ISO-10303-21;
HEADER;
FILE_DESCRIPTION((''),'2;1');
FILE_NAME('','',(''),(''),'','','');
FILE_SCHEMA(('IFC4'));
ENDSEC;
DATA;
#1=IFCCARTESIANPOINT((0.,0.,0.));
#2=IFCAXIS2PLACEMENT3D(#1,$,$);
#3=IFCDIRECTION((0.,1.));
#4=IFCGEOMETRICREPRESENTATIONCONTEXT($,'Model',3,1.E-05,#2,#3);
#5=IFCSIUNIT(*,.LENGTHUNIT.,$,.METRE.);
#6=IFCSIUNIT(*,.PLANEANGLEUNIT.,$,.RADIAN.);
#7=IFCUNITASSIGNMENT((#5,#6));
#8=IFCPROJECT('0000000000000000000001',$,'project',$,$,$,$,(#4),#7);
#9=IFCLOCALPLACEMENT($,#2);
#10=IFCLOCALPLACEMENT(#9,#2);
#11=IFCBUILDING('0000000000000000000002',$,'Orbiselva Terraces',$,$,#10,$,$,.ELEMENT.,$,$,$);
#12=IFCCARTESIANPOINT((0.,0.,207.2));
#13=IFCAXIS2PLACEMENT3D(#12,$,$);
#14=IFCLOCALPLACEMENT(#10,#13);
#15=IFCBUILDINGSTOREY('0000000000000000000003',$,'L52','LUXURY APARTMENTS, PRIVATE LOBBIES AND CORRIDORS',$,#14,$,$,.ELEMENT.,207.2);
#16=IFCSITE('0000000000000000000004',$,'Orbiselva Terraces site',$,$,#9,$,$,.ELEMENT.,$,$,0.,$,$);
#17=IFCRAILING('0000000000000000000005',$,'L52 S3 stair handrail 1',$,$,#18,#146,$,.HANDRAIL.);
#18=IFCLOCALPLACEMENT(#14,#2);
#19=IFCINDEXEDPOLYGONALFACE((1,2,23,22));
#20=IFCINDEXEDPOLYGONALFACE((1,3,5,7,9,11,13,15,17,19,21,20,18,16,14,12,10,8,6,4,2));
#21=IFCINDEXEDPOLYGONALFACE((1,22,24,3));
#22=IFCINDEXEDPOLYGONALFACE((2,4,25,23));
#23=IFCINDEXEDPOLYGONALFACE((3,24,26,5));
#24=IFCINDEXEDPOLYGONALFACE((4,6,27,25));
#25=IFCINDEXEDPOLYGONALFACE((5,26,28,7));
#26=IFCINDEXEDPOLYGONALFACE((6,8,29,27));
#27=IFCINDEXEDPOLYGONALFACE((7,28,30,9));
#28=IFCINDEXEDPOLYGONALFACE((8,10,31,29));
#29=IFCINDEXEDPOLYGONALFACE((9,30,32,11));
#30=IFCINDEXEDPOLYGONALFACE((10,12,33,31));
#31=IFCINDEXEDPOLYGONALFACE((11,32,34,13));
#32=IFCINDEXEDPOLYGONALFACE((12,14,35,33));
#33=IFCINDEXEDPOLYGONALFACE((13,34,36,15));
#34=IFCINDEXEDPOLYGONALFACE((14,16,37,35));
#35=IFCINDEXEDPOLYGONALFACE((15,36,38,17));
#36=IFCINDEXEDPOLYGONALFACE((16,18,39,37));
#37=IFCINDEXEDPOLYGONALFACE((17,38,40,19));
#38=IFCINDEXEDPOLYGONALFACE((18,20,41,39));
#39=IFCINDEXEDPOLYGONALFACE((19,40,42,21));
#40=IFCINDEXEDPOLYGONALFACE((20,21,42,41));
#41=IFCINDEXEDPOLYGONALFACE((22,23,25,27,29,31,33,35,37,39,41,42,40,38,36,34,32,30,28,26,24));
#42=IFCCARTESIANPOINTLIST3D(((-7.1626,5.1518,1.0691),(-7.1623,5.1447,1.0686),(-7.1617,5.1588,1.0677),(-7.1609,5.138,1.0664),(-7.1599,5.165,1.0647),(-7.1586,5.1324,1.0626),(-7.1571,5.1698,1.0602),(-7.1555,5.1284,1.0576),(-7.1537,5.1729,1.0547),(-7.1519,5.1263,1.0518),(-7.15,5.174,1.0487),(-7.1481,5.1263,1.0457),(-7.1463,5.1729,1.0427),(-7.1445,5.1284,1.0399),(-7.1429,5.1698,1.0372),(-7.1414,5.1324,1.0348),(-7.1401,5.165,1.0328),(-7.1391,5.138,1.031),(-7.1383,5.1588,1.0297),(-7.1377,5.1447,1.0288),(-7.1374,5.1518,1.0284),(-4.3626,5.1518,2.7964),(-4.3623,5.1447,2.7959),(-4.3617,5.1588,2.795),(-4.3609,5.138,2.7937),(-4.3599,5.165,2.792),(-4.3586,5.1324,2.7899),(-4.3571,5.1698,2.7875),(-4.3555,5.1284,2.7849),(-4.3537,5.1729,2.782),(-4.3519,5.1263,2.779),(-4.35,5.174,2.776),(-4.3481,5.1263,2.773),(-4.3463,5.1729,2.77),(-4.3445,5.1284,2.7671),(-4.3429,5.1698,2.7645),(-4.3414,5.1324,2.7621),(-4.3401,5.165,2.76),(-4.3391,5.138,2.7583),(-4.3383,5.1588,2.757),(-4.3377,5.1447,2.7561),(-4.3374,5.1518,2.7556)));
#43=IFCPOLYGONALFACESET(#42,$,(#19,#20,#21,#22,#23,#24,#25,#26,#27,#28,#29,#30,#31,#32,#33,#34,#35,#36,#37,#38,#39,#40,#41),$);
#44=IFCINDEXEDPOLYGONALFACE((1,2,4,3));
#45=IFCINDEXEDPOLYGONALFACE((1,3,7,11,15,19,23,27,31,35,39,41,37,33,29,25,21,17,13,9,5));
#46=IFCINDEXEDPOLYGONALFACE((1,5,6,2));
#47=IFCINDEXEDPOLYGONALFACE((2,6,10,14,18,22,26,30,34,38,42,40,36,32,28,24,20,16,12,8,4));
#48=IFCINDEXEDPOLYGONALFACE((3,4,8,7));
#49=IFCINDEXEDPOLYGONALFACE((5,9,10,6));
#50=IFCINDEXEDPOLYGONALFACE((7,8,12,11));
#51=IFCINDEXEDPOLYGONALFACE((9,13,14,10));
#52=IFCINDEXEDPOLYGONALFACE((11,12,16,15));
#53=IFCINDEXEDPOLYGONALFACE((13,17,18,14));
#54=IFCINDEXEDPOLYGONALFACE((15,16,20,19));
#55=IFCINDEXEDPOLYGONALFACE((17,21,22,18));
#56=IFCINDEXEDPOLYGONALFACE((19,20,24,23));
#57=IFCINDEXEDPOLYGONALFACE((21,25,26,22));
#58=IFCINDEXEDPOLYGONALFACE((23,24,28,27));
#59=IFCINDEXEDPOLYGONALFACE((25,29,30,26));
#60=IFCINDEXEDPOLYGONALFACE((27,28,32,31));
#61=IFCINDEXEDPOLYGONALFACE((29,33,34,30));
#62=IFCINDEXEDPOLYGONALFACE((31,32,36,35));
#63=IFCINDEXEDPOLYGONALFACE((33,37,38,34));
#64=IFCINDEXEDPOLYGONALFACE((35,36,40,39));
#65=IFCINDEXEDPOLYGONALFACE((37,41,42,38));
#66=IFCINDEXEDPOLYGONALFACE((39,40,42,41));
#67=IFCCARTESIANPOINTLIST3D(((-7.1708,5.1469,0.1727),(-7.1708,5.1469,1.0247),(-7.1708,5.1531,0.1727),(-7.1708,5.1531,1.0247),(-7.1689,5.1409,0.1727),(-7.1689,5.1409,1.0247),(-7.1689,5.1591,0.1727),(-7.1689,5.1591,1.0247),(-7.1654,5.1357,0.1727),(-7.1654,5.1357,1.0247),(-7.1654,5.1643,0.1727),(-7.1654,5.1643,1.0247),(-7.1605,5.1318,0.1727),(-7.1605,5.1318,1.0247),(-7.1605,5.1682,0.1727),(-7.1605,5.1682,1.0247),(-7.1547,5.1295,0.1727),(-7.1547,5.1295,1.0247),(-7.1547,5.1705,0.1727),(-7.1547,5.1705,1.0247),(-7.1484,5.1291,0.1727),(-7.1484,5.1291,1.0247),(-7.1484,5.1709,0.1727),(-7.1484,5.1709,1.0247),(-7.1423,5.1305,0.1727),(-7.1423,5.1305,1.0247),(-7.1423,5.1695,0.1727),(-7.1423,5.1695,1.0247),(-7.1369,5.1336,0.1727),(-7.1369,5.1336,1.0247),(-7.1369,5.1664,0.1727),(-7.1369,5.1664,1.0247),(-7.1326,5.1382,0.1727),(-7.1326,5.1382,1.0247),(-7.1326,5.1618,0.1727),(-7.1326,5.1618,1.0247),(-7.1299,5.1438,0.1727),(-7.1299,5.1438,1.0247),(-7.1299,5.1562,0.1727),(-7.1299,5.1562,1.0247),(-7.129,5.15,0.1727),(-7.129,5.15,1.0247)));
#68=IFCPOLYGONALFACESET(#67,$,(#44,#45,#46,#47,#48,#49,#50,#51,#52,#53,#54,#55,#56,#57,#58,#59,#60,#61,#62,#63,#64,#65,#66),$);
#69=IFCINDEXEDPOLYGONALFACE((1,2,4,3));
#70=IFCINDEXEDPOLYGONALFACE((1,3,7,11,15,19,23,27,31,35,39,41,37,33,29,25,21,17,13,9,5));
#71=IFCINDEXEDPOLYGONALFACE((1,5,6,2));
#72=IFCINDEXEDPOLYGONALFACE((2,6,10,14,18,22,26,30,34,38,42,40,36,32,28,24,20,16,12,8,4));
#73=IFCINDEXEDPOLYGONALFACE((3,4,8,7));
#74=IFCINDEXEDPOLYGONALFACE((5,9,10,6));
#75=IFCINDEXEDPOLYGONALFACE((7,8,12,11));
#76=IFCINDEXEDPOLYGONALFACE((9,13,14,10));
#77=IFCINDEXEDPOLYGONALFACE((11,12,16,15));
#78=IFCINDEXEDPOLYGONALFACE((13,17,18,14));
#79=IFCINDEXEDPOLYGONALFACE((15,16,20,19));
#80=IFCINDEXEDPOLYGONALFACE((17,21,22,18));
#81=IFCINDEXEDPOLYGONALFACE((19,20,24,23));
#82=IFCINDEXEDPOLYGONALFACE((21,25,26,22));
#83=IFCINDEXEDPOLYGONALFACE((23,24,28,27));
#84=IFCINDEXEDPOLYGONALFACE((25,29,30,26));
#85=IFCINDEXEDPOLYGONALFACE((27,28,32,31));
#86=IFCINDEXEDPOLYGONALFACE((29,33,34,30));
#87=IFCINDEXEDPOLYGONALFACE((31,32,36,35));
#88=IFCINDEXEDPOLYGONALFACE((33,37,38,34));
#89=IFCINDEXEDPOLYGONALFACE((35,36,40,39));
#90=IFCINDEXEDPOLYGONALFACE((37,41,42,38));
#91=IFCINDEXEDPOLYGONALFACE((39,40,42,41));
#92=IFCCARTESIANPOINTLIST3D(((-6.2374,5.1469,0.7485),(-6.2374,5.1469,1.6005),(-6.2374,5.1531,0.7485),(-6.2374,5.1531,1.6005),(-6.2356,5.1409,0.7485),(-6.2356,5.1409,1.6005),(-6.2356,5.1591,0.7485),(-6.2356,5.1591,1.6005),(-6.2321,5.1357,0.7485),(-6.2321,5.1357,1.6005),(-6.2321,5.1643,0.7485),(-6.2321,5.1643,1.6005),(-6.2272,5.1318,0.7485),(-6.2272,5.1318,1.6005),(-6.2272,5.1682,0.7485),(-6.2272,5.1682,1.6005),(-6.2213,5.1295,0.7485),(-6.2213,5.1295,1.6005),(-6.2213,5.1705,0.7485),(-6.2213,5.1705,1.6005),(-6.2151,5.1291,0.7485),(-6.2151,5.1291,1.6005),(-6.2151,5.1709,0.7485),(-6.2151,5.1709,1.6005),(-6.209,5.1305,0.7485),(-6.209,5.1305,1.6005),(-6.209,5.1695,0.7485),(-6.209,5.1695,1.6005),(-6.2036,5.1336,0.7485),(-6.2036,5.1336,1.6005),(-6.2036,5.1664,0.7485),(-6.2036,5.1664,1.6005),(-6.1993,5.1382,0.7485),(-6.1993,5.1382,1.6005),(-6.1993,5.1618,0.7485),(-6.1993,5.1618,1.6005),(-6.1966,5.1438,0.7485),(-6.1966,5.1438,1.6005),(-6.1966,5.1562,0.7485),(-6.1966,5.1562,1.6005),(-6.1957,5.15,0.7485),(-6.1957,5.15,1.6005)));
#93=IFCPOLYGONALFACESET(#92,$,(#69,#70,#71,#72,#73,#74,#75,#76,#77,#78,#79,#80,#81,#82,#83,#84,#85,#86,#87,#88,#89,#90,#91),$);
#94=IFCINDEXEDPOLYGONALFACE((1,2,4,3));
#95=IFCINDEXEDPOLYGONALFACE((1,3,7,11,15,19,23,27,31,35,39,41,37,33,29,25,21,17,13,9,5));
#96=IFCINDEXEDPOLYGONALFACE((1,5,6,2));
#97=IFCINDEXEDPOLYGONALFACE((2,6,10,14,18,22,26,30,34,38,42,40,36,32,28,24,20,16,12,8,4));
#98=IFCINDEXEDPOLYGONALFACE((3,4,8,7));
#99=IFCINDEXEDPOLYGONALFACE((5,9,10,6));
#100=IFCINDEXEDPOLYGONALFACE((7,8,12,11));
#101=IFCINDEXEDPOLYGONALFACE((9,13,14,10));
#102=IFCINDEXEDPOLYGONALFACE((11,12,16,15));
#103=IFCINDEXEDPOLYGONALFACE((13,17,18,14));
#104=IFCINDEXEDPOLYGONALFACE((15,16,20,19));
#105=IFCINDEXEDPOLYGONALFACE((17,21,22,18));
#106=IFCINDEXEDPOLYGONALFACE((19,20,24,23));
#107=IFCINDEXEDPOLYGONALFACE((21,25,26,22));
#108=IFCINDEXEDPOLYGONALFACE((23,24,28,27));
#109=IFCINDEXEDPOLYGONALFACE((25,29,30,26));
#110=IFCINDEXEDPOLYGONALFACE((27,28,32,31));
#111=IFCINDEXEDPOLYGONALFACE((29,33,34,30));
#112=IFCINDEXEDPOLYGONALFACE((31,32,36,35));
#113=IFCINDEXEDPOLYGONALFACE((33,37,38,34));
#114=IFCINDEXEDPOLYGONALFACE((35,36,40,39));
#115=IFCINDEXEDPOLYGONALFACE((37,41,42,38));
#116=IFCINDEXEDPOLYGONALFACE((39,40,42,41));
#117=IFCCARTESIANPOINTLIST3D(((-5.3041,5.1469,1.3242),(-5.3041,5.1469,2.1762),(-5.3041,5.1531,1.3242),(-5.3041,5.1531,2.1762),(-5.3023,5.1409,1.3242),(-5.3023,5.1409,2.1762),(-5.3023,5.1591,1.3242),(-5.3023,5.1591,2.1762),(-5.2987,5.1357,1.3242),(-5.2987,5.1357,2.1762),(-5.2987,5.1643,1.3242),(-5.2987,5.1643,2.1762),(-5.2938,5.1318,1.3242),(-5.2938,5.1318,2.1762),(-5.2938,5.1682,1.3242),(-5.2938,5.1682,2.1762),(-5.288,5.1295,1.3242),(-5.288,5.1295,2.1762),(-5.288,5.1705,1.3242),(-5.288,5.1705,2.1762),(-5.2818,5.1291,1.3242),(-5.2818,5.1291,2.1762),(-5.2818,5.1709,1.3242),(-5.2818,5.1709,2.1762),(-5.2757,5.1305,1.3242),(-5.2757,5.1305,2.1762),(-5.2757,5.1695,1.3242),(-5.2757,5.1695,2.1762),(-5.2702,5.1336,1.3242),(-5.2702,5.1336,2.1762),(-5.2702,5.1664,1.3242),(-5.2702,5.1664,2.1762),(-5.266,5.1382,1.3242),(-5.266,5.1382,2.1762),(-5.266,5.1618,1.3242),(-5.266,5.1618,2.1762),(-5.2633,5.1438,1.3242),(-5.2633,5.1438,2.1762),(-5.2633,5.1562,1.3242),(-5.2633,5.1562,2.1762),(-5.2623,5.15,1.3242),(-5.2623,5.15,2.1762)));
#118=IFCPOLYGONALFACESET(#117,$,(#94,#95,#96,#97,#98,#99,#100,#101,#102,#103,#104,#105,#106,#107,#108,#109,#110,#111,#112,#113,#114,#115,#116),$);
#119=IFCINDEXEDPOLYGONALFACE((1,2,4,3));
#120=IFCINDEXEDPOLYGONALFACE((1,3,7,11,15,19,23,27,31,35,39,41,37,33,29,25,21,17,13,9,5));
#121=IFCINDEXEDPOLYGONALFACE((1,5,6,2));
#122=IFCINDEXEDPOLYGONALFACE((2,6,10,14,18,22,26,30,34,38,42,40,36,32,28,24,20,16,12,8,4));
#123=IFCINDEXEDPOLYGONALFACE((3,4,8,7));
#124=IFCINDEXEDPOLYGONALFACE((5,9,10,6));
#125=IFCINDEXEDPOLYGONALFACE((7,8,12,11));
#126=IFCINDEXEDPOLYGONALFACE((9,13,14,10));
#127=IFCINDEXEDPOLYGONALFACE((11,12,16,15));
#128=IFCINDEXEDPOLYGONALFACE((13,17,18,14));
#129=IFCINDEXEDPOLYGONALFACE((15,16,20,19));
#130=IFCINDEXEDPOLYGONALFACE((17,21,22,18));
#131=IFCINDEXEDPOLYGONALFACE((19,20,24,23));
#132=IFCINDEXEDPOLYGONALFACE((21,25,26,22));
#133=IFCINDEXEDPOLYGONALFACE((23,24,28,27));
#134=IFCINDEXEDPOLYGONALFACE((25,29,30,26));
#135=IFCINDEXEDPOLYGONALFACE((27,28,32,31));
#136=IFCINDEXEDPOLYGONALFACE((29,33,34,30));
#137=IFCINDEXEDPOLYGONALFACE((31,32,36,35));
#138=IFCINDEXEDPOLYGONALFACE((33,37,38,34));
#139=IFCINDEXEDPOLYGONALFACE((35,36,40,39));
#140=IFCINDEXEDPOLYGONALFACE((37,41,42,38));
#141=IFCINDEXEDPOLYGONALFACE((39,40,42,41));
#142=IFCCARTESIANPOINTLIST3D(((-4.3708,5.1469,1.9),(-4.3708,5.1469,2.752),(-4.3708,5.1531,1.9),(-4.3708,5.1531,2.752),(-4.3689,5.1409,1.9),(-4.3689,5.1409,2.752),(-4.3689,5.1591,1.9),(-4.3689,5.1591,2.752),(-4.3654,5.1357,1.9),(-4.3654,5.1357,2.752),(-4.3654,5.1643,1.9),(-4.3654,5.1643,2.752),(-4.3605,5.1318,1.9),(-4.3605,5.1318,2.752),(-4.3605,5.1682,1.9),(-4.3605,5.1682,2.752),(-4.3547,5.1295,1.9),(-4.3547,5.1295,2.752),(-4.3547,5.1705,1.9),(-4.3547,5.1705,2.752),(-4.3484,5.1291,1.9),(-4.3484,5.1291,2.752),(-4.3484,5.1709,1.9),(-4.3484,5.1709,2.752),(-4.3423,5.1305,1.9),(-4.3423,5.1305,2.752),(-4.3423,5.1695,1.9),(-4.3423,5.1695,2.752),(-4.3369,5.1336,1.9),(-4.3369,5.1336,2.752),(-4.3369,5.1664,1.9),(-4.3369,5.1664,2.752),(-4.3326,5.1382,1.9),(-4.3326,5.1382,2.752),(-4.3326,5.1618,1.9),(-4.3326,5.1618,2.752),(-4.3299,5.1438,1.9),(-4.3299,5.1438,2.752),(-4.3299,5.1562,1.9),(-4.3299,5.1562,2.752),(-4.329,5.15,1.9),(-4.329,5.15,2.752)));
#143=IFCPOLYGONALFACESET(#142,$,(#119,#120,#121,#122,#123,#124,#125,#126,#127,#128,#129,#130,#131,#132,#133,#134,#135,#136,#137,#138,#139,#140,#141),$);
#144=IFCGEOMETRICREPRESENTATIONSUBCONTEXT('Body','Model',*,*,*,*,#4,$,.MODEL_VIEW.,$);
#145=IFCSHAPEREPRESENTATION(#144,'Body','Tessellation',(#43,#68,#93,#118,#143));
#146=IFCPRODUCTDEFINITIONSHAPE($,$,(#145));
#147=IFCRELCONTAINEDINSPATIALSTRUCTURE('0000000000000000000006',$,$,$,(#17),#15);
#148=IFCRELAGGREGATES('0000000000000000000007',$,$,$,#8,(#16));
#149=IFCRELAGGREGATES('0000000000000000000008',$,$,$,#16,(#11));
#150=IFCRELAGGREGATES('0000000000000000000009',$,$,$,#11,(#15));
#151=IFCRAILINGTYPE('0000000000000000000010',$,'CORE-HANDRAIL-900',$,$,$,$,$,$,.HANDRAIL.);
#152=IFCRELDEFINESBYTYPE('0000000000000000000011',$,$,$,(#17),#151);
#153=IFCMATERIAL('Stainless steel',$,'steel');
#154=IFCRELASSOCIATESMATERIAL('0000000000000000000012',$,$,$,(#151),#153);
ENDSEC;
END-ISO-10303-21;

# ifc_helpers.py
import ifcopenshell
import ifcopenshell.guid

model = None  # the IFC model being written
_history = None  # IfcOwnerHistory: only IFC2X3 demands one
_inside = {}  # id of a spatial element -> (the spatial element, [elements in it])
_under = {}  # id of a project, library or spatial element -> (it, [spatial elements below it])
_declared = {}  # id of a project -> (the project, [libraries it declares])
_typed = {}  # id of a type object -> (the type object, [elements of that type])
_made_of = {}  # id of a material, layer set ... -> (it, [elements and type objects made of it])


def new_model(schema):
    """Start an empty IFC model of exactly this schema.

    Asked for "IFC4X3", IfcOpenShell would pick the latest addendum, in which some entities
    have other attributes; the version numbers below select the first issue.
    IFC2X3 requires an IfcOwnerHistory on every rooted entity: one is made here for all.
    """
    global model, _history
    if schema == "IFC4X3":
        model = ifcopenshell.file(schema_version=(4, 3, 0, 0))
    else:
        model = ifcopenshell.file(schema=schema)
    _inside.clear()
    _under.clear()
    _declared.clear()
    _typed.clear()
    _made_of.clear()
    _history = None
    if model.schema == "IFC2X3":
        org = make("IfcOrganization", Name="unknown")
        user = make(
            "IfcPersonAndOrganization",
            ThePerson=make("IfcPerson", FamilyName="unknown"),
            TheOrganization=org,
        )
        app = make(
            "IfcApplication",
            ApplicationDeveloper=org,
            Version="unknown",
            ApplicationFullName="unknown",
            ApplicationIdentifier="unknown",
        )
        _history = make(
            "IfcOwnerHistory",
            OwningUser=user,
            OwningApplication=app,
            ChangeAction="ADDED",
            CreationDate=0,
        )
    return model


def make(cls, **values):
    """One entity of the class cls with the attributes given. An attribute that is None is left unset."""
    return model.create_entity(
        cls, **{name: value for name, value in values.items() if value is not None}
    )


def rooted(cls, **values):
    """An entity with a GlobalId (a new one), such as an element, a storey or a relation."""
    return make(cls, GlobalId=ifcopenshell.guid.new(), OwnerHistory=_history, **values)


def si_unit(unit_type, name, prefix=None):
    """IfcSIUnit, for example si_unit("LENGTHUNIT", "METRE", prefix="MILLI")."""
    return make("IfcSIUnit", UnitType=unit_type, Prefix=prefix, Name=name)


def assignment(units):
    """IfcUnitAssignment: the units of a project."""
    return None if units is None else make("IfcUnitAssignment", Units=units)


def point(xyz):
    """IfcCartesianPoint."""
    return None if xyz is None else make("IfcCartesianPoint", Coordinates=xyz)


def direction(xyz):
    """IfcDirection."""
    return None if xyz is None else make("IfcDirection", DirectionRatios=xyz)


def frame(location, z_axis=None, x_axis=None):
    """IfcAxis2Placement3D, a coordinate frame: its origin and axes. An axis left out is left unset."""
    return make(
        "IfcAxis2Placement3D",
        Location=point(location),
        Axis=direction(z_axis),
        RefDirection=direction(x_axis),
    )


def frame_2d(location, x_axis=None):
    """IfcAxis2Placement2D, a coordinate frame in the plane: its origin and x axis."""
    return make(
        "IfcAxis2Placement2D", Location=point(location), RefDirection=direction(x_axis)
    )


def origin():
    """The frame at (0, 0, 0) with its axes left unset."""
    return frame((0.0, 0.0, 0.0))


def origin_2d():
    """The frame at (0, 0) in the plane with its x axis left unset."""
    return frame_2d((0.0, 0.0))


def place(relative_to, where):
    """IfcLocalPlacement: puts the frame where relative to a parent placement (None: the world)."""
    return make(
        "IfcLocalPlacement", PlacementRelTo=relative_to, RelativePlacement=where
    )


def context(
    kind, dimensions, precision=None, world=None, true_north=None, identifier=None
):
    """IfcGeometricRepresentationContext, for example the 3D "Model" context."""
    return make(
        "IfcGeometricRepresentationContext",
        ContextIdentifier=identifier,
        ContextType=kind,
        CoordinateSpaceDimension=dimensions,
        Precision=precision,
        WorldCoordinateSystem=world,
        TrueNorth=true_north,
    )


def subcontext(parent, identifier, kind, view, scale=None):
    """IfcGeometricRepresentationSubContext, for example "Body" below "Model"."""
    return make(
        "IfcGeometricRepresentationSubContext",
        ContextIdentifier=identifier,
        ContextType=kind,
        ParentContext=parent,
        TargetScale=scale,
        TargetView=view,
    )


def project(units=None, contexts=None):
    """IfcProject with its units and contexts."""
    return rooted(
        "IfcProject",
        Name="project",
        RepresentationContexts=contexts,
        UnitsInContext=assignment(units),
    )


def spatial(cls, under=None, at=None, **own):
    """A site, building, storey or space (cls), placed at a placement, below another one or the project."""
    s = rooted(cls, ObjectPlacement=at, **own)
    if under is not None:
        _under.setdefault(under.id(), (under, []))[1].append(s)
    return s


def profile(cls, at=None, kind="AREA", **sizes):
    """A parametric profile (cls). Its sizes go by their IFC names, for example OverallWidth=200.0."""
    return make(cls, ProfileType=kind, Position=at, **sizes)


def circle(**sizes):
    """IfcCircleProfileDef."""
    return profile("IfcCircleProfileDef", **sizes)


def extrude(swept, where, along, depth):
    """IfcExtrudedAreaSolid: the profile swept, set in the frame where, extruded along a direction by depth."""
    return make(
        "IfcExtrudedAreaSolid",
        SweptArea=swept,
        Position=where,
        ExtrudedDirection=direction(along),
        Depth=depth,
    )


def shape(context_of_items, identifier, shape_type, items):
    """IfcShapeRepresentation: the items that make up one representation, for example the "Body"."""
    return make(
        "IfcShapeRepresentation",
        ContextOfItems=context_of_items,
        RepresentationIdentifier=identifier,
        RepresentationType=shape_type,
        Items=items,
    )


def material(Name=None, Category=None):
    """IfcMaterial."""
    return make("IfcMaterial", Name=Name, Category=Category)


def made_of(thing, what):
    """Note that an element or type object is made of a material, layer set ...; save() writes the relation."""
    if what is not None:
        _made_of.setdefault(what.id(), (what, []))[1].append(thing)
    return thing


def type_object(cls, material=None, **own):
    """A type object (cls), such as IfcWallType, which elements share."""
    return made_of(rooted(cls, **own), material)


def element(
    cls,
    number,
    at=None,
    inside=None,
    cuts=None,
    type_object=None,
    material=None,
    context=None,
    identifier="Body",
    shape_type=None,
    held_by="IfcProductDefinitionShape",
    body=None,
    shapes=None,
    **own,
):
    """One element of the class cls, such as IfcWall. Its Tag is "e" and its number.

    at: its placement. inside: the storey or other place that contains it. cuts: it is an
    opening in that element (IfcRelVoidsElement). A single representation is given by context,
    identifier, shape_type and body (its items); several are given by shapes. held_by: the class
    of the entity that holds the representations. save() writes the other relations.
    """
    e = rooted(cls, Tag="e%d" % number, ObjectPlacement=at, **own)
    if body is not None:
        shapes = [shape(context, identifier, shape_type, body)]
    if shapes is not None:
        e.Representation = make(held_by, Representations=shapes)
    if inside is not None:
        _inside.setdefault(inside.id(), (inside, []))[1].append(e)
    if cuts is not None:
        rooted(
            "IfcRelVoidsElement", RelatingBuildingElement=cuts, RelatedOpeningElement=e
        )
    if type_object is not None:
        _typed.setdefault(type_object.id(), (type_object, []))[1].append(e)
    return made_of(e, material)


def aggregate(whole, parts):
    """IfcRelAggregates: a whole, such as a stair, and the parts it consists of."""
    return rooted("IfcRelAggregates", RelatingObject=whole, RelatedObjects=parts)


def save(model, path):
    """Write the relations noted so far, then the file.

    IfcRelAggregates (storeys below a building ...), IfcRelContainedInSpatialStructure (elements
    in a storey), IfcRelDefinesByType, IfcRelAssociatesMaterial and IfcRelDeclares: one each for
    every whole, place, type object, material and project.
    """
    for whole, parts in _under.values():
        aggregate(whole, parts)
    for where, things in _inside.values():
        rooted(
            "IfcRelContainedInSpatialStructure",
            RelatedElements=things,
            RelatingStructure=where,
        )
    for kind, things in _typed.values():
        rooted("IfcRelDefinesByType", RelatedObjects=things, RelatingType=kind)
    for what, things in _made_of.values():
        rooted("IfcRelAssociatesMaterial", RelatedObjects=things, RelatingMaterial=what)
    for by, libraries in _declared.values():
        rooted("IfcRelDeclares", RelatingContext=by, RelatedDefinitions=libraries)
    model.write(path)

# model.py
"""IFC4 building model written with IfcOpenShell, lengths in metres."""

from ifc_helpers import new_model, si_unit, direction, frame, origin, origin_2d, place, context, subcontext, project, spatial, circle, extrude, material, type_object, element, save


model = new_model("IFC4")

# Units and contexts
model_context = context("Model", 3, precision=1e-05, world=origin(), true_north=direction((0.0, 1.0)))
body_context = subcontext(model_context, "Body", "Model", "MODEL_VIEW")
ifc_project = project(units=[si_unit("LENGTHUNIT", "METRE"), si_unit("PLANEANGLEUNIT", "RADIAN")], contexts=[model_context])

# Site, building, storey
site_placement = place(None, origin())
site = spatial("IfcSite", under=ifc_project, at=site_placement, Name="Orbiselva Terraces site", CompositionType="ELEMENT", RefElevation=0.0)
building_placement = place(site_placement, origin())
building = spatial("IfcBuilding", under=site, at=building_placement, Name="Orbiselva Terraces", CompositionType="ELEMENT")
storey_placement = place(building_placement, frame((0.0, 0.0, 207.2)))
storey = spatial("IfcBuildingStorey", under=building, at=storey_placement, Name="L52", Description="LUXURY APARTMENTS, PRIVATE LOBBIES AND CORRIDORS", CompositionType="ELEMENT", Elevation=207.2)

# Railing
ifc_material_1 = material(Name="Stainless steel", Category="steel")
railing_type_1 = type_object("IfcRailingType", Name="CORE-HANDRAIL-900", PredefinedType="HANDRAIL", material=ifc_material_1)
railing_1_placement = place(storey_placement, frame((-7.15, 5.15, 0.1727)))
element("IfcRailing", 1, at=railing_1_placement, inside=storey, type_object=railing_type_1, Name="L52 S3 stair handrail 1", PredefinedType="HANDRAIL", context=body_context, shape_type="SweptSolid", body=[
    extrude(circle(Radius=0.024, at=origin_2d()), frame((0.0, 0.0, 0.876), z_axis=(0.851089, 0.0, 0.525022), x_axis=(0.0, 1.0, 0.0)), (0.0, 0.0, 1.0), 3.2899),
    extrude(circle(Radius=0.021, at=origin_2d()), origin(), (0.0, 0.0, 1.0), 0.852),
    extrude(circle(Radius=0.021, at=origin_2d()), frame((0.9333, 0.0, 0.5758)), (0.0, 0.0, 1.0), 0.852),
    extrude(circle(Radius=0.021, at=origin_2d()), frame((1.8667, 0.0, 1.1515)), (0.0, 0.0, 1.0), 0.852),
    extrude(circle(Radius=0.021, at=origin_2d()), frame((2.8, 0.0, 1.7273)), (0.0, 0.0, 1.0), 0.852),
])

save(model, "model.ifc")
